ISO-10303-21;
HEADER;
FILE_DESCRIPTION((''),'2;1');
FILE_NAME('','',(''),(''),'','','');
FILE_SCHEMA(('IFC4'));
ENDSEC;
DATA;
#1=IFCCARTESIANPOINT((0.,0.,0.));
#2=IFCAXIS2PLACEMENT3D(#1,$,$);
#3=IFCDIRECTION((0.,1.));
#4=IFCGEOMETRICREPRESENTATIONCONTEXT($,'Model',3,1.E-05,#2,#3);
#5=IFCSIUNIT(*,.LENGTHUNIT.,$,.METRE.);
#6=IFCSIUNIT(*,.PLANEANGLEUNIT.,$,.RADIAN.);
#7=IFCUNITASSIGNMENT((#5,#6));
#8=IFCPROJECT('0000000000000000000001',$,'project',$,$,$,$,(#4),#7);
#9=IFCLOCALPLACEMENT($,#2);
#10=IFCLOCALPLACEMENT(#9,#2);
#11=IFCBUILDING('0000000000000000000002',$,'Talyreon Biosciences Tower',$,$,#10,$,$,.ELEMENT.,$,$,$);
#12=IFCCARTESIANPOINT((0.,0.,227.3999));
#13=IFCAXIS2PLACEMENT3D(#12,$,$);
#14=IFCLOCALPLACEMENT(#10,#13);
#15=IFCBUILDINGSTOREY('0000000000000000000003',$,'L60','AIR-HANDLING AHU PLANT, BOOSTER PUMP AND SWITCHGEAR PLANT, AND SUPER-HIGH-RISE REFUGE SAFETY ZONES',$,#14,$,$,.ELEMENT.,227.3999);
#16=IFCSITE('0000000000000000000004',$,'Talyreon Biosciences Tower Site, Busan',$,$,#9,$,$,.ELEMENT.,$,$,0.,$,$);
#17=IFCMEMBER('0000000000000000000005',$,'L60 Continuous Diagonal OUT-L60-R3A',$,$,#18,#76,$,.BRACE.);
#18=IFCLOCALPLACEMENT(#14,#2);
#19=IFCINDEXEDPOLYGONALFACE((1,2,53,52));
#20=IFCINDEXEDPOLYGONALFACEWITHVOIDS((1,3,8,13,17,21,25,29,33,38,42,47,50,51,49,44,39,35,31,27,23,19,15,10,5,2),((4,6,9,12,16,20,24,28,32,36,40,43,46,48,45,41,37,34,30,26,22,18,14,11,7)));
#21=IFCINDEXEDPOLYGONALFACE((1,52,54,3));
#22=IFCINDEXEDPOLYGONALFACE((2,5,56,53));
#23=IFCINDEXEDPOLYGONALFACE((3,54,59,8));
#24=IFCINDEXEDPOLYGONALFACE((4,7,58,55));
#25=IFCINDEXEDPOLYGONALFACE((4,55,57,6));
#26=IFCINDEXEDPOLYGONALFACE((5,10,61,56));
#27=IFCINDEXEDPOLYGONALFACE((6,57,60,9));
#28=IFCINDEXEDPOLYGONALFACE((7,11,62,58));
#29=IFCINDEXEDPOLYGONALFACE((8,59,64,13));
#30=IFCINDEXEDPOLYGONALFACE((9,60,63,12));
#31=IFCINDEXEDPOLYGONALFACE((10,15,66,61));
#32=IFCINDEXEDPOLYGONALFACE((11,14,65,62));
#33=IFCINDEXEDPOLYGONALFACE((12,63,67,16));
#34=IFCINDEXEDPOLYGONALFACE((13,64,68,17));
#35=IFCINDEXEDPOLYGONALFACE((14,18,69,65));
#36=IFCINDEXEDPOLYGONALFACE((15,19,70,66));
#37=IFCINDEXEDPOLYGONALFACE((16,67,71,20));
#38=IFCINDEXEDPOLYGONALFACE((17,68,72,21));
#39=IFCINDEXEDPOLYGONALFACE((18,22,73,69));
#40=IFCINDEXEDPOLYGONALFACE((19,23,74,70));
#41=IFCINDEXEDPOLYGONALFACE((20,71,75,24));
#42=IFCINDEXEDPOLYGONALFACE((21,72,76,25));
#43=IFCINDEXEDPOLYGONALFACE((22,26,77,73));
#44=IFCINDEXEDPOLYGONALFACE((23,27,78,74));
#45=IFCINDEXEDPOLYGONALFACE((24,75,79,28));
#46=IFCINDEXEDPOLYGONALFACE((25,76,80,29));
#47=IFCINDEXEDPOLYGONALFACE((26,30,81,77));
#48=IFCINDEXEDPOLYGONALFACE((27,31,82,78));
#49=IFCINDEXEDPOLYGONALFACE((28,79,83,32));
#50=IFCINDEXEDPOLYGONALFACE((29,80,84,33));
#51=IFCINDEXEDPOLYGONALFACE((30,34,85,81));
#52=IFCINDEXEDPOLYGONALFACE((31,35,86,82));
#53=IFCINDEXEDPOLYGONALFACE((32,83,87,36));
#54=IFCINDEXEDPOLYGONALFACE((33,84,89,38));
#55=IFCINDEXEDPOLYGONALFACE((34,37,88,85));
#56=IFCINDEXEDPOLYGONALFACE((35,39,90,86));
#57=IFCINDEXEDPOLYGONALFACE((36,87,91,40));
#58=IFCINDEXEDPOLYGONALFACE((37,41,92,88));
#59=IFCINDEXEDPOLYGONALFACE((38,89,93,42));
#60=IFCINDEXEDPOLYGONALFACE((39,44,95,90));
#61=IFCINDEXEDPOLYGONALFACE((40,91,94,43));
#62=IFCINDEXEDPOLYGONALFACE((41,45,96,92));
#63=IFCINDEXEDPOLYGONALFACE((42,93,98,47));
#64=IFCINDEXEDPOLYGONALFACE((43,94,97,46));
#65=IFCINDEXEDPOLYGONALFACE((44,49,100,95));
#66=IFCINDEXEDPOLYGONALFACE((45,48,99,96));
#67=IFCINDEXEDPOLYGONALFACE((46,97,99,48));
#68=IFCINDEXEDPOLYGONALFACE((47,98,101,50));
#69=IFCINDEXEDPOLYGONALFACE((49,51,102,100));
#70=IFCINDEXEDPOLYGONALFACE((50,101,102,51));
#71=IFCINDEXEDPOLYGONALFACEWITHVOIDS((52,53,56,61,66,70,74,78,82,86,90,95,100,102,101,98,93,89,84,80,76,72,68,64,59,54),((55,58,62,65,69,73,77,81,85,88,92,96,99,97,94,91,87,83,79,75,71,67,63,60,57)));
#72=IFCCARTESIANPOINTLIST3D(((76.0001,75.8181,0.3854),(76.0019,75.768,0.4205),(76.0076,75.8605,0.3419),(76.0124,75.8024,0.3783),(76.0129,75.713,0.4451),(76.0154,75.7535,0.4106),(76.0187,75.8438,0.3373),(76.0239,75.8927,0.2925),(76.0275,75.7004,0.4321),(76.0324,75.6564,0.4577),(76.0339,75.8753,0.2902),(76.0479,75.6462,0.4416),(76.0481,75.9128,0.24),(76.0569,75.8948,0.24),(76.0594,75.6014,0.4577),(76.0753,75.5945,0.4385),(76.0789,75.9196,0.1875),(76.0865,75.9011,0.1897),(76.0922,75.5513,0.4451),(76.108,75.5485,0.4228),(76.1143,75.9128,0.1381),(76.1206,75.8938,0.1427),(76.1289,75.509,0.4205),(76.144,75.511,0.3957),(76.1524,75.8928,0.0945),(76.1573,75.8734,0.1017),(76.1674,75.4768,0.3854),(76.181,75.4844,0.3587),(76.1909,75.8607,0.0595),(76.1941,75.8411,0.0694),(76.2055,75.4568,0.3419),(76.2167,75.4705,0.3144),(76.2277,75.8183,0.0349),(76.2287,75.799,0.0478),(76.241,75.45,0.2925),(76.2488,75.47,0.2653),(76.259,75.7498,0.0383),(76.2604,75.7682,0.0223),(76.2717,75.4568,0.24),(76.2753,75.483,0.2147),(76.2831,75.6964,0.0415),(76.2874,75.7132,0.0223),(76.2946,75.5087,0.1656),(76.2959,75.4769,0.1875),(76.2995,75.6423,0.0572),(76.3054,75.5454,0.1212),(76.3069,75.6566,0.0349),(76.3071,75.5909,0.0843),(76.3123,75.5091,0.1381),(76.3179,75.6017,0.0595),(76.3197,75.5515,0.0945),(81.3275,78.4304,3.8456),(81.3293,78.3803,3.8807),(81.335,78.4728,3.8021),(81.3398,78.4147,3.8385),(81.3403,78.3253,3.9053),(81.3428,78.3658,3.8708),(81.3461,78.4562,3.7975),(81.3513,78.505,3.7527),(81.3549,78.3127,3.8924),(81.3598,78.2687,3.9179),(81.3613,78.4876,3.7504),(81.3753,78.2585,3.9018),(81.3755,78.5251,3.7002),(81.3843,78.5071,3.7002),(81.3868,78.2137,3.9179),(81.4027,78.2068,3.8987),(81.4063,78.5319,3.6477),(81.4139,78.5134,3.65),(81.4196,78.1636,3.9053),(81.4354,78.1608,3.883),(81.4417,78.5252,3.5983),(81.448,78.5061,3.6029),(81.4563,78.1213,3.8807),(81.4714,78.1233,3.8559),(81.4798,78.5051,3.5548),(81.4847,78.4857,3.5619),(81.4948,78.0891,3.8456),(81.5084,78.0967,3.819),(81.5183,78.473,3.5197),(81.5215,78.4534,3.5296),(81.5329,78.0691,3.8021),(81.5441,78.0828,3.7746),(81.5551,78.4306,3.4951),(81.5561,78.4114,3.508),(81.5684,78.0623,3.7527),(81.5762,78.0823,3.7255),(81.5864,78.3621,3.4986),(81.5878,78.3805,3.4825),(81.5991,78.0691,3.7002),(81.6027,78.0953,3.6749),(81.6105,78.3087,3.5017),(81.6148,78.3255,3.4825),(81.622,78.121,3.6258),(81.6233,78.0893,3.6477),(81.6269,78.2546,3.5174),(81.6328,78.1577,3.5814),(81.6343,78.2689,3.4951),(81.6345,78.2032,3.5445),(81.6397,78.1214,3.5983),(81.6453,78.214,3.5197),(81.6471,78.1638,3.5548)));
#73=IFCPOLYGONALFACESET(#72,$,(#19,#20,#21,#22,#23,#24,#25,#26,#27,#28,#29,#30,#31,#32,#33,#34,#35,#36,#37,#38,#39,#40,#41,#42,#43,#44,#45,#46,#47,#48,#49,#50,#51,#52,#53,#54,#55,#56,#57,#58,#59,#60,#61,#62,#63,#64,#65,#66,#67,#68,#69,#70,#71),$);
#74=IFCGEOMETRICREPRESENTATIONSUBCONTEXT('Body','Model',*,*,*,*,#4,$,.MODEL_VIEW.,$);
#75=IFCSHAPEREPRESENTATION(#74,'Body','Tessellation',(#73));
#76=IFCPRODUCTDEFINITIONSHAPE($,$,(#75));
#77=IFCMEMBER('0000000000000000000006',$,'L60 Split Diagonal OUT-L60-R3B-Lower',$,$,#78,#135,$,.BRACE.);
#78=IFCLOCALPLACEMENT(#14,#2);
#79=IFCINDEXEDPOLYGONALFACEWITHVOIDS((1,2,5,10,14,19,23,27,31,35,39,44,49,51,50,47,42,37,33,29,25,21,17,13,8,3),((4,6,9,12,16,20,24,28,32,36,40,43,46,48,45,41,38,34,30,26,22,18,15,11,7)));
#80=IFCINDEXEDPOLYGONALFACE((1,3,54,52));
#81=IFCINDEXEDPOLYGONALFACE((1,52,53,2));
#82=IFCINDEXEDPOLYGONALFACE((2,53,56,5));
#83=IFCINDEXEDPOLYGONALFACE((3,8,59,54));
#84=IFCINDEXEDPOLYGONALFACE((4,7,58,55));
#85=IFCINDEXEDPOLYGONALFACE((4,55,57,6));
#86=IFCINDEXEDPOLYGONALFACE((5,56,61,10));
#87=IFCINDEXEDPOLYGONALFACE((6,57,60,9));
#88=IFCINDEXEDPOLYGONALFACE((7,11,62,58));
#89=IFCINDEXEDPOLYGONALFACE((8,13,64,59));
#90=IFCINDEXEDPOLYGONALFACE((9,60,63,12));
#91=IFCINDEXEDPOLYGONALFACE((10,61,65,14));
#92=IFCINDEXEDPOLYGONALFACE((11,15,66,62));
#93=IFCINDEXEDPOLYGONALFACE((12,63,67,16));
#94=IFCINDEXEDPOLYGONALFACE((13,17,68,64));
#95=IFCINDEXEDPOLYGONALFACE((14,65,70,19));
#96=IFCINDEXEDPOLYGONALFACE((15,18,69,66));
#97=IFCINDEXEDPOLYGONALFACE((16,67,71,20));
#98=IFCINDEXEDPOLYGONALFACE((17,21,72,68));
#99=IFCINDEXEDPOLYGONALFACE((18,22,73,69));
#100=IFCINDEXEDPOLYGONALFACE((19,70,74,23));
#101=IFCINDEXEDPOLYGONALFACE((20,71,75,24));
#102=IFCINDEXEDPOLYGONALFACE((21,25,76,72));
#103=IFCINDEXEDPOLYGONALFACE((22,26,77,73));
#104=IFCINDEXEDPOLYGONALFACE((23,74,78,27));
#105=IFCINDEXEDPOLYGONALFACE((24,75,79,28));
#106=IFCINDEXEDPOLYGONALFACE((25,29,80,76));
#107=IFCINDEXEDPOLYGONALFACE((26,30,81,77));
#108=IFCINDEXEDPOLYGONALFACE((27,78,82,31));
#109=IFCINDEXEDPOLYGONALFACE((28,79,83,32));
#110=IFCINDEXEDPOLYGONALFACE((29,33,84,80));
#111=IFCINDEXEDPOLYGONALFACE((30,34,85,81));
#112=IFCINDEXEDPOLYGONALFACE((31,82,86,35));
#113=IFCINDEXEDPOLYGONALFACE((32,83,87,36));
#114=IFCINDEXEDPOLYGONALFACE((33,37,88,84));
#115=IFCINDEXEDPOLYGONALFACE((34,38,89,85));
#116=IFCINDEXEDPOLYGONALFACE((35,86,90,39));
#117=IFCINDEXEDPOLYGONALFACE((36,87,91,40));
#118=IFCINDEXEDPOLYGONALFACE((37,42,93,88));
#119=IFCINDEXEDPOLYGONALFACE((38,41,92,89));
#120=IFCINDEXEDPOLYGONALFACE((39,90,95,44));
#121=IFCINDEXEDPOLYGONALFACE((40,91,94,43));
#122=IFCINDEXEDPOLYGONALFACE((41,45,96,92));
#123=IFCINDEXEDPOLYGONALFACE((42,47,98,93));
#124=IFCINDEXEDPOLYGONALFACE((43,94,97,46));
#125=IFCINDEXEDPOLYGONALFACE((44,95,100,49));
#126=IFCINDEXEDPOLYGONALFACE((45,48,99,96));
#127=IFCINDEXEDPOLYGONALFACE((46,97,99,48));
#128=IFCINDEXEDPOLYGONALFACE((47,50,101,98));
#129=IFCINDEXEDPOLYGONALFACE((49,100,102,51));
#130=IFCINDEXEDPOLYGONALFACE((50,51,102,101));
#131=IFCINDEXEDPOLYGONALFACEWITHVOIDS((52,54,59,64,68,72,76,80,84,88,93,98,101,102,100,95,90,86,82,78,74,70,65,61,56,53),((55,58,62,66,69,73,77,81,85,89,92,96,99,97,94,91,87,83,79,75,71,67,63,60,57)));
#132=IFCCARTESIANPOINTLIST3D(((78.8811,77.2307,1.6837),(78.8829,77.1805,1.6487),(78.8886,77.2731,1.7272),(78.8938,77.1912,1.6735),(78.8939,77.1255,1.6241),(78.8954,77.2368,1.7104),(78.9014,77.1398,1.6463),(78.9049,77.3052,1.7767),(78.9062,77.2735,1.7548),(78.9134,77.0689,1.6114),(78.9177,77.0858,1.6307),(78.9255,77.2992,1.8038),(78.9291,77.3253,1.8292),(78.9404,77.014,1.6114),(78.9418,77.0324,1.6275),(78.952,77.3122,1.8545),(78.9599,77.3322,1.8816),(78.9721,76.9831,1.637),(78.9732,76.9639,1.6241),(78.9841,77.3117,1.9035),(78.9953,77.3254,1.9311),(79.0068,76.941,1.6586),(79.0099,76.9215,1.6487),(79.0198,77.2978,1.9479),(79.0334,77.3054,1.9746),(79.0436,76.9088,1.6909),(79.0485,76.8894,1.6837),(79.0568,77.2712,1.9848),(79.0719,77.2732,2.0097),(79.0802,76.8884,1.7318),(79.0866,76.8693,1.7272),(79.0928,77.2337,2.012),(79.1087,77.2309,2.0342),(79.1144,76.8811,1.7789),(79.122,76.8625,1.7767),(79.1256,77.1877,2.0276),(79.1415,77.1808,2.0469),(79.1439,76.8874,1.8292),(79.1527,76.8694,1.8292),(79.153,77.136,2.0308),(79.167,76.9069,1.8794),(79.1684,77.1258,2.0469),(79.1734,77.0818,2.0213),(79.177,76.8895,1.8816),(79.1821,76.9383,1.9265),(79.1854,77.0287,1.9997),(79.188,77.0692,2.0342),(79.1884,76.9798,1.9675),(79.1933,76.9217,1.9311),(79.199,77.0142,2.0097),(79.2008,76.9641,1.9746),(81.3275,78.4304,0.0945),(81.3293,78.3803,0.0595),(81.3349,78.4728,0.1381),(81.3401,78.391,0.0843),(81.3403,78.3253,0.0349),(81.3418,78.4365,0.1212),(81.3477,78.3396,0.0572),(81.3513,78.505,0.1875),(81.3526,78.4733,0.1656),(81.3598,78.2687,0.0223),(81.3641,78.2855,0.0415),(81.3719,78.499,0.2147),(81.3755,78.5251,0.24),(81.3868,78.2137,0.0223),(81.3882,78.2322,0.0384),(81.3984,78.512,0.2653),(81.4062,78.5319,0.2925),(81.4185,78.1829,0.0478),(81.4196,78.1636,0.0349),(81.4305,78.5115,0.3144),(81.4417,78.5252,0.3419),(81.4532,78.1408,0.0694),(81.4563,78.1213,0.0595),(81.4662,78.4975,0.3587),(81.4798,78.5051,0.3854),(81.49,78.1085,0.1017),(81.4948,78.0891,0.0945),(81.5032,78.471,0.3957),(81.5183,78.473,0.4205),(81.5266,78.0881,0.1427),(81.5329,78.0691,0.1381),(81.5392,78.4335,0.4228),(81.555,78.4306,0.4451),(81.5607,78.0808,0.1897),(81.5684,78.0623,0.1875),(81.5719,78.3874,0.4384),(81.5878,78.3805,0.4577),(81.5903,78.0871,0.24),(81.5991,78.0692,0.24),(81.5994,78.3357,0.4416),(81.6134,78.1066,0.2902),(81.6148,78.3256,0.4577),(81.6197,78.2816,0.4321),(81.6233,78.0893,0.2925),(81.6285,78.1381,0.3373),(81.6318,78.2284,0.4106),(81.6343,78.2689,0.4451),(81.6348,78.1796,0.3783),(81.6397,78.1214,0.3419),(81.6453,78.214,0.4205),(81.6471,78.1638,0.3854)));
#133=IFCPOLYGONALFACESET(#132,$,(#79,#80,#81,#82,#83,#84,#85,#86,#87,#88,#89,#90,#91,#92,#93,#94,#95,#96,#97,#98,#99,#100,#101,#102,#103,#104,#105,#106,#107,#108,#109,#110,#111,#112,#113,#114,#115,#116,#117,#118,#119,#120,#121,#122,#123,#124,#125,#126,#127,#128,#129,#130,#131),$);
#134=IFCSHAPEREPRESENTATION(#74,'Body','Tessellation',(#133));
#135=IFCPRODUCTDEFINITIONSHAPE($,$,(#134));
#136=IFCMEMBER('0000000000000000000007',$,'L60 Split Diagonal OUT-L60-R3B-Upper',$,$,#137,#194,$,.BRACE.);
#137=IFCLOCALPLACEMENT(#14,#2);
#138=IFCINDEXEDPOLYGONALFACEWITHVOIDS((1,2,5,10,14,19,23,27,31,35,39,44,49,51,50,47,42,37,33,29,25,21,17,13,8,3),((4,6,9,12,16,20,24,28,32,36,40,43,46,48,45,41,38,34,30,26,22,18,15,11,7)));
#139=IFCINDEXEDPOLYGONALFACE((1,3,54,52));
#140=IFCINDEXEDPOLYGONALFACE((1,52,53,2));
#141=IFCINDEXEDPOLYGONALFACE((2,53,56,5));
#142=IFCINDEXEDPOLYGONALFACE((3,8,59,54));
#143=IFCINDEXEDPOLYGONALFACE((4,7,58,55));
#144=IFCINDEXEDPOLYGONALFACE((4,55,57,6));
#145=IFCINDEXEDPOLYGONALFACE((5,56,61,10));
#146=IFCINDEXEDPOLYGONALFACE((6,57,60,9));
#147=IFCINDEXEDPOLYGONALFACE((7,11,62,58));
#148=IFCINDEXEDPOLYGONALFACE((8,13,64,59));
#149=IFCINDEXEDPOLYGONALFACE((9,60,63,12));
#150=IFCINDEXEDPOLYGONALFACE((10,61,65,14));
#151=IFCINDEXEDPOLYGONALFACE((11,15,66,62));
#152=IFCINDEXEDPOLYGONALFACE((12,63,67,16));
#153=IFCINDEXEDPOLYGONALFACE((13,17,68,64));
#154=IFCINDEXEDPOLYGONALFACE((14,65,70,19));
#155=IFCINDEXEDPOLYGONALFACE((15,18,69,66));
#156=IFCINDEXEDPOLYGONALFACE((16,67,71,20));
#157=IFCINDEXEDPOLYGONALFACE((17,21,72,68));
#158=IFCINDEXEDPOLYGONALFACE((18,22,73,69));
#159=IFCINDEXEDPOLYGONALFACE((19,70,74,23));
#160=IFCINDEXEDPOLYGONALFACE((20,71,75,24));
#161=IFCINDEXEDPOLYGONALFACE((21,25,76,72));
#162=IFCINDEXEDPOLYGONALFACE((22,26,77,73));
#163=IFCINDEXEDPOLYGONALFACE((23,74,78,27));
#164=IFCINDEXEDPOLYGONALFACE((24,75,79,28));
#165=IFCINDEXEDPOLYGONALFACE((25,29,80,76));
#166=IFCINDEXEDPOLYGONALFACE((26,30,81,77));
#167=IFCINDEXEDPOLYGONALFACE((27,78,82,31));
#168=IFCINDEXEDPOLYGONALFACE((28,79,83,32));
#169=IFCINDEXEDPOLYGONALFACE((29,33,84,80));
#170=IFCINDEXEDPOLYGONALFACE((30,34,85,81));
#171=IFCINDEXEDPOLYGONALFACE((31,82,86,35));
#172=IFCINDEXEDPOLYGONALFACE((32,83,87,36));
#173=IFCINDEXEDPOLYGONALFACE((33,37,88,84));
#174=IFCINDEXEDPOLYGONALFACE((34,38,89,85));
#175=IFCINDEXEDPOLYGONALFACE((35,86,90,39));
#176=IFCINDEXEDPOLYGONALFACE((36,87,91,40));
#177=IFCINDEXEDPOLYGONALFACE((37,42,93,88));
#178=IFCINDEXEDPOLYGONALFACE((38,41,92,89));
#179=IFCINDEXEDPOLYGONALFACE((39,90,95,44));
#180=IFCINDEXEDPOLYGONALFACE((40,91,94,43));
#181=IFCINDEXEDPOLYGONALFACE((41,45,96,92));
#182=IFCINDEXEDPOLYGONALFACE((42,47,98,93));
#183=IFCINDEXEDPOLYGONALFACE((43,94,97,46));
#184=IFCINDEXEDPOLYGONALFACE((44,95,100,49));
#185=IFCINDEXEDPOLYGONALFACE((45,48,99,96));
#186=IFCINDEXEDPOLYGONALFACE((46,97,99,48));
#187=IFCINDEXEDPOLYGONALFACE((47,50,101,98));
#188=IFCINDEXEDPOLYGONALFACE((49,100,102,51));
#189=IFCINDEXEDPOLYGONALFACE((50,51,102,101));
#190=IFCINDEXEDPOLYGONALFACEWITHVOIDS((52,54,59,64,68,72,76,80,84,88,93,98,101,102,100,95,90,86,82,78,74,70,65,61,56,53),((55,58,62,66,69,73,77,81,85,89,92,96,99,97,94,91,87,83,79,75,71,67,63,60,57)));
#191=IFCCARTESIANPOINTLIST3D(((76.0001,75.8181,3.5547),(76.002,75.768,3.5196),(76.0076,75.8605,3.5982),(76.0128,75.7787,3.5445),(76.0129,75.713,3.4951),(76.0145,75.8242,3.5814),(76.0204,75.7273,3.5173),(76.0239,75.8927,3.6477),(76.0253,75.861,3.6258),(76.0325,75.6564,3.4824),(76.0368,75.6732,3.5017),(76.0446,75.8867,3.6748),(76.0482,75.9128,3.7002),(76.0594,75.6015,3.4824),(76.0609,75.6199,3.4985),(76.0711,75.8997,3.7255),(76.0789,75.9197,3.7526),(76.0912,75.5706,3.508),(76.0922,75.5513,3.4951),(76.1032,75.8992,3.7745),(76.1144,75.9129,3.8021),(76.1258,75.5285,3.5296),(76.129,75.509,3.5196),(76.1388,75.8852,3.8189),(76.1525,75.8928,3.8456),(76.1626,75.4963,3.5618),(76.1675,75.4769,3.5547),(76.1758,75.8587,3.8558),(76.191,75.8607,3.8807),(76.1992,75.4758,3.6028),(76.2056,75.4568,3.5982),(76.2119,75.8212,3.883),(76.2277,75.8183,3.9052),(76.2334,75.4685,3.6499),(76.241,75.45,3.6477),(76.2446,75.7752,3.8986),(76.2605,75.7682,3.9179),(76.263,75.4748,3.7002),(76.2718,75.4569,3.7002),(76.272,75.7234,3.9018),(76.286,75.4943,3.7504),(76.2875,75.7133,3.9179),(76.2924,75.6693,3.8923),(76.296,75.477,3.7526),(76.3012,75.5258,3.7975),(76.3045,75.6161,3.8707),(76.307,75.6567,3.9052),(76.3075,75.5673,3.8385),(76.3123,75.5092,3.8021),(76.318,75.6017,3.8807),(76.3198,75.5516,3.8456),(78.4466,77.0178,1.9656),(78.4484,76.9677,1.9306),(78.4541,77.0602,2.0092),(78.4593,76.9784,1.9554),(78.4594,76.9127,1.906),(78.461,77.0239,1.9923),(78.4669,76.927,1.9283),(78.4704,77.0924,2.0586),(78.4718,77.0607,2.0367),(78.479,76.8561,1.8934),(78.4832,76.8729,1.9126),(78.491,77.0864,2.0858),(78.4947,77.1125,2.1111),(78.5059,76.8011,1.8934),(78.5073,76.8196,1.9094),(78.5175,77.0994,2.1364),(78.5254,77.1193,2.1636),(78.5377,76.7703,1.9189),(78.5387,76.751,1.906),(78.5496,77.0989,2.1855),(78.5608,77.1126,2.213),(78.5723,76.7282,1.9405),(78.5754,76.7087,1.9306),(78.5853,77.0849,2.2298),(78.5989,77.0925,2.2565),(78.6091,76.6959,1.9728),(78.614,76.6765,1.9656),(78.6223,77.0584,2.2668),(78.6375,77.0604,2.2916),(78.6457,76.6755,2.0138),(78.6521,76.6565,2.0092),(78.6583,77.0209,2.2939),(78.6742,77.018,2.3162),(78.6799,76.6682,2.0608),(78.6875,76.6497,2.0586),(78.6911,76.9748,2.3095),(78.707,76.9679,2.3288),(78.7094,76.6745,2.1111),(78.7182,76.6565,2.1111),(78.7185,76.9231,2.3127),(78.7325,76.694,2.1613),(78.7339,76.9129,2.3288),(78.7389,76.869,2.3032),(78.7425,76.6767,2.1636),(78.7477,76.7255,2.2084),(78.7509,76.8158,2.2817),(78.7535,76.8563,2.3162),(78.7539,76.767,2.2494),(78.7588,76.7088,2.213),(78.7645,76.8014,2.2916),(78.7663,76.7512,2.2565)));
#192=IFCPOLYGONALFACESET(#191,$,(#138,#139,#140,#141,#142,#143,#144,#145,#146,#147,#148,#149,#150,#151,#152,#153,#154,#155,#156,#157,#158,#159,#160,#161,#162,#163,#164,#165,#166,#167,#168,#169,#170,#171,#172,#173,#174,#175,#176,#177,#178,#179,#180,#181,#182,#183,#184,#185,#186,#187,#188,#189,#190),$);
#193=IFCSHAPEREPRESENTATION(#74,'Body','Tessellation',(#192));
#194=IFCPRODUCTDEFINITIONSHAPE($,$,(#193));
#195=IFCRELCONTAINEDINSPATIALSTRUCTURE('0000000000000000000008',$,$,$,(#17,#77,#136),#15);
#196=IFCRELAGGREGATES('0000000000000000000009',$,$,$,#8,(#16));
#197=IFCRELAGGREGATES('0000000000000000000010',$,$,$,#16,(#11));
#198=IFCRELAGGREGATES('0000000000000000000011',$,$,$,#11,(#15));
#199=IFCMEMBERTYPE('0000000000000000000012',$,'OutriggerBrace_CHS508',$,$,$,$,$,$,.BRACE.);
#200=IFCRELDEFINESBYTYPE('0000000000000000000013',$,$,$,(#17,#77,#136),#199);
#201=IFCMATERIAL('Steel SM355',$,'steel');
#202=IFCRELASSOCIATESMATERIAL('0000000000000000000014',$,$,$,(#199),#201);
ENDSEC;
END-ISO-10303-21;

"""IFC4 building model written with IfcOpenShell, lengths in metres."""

from ifc_helpers import new_model, si_unit, direction, frame, origin, origin_2d, place, context, subcontext, project, spatial, hollow_circle, extrude, material, material_profile, profile_set, type_object, element, save


model = new_model("IFC4")

# Units and contexts
model_context = context("Model", 3, precision=1e-05, world=origin(), true_north=direction((0.0, 1.0)))
body_context = subcontext(model_context, "Body", "Model", "MODEL_VIEW")
ifc_project = project(units=[si_unit("LENGTHUNIT", "METRE"), si_unit("PLANEANGLEUNIT", "RADIAN")], contexts=[model_context])

# Site, building, storey
site_placement = place(None, origin())
site = spatial("IfcSite", under=ifc_project, at=site_placement, Name="Talyreon Biosciences Tower Site, Busan", CompositionType="ELEMENT", RefElevation=0.0)
building_placement = place(site_placement, origin())
building = spatial("IfcBuilding", under=site, at=building_placement, Name="Talyreon Biosciences Tower", CompositionType="ELEMENT")
storey_placement = place(building_placement, frame((0.0, 0.0, 227.3999)))
storey = spatial("IfcBuildingStorey", under=building, at=storey_placement, Name="L60", Description="AIR-HANDLING AHU PLANT, BOOSTER PUMP AND SWITCHGEAR PLANT, AND SUPER-HIGH-RISE REFUGE SAFETY ZONES", CompositionType="ELEMENT", Elevation=227.3999)

# Shared definitions
ifc_material_1 = material(Name="Steel SM355", Category="steel")

# Members
ifc_material_profile_1 = material_profile(ifc_material_1, hollow_circle(Radius=0.2539, WallThickness=0.02, at=origin_2d()), Name="CHS 508x20")
ifc_profile_set_1 = profile_set([ifc_material_profile_1], Name="Steel SM355")
member_type_1 = type_object("IfcMemberType", Name="OutriggerBrace_CHS508", PredefinedType="BRACE", material=ifc_profile_set_1)
member_1_placement = place(storey_placement, frame((76.1599, 75.6848, 0.24), z_axis=(0.775611, 0.380323, 0.503768), x_axis=(-0.440271, 0.897865, 0.0)))
element("IfcMember", 1, at=member_1_placement, inside=storey, type_object=member_type_1, Name="L60 Continuous Diagonal OUT-L60-R3A", PredefinedType="BRACE", context=body_context, shape_type="SweptSolid", body=[
    extrude(hollow_circle(Radius=0.2539, WallThickness=0.02, at=origin_2d()), origin(), (0.0, 0.0, 1.0), 6.8687),
])
for number, where, z_axis, x_axis, name in (
    (2, (81.4873, 78.2971, 0.24), (-0.775569, -0.380354, 0.50381), (0.440319, -0.897842, 0.0), "L60 Split Diagonal OUT-L60-R3B-Lower"),
    (3, (78.6064, 76.8845, 2.1111), (-0.775599, -0.380331, 0.50378), (0.440283, -0.897859, 0.0), "L60 Split Diagonal OUT-L60-R3B-Upper"),
):
    element("IfcMember", number, at=place(storey_placement, frame(where, z_axis=z_axis, x_axis=x_axis)), inside=storey, type_object=member_type_1, Name=name, PredefinedType="BRACE", context=body_context, shape_type="SweptSolid", body=[
        extrude(hollow_circle(Radius=0.2539, WallThickness=0.02, at=origin_2d()), origin(), (0.0, 0.0, 1.0), 3.1543),
    ])

save(model, "model.ifc")
